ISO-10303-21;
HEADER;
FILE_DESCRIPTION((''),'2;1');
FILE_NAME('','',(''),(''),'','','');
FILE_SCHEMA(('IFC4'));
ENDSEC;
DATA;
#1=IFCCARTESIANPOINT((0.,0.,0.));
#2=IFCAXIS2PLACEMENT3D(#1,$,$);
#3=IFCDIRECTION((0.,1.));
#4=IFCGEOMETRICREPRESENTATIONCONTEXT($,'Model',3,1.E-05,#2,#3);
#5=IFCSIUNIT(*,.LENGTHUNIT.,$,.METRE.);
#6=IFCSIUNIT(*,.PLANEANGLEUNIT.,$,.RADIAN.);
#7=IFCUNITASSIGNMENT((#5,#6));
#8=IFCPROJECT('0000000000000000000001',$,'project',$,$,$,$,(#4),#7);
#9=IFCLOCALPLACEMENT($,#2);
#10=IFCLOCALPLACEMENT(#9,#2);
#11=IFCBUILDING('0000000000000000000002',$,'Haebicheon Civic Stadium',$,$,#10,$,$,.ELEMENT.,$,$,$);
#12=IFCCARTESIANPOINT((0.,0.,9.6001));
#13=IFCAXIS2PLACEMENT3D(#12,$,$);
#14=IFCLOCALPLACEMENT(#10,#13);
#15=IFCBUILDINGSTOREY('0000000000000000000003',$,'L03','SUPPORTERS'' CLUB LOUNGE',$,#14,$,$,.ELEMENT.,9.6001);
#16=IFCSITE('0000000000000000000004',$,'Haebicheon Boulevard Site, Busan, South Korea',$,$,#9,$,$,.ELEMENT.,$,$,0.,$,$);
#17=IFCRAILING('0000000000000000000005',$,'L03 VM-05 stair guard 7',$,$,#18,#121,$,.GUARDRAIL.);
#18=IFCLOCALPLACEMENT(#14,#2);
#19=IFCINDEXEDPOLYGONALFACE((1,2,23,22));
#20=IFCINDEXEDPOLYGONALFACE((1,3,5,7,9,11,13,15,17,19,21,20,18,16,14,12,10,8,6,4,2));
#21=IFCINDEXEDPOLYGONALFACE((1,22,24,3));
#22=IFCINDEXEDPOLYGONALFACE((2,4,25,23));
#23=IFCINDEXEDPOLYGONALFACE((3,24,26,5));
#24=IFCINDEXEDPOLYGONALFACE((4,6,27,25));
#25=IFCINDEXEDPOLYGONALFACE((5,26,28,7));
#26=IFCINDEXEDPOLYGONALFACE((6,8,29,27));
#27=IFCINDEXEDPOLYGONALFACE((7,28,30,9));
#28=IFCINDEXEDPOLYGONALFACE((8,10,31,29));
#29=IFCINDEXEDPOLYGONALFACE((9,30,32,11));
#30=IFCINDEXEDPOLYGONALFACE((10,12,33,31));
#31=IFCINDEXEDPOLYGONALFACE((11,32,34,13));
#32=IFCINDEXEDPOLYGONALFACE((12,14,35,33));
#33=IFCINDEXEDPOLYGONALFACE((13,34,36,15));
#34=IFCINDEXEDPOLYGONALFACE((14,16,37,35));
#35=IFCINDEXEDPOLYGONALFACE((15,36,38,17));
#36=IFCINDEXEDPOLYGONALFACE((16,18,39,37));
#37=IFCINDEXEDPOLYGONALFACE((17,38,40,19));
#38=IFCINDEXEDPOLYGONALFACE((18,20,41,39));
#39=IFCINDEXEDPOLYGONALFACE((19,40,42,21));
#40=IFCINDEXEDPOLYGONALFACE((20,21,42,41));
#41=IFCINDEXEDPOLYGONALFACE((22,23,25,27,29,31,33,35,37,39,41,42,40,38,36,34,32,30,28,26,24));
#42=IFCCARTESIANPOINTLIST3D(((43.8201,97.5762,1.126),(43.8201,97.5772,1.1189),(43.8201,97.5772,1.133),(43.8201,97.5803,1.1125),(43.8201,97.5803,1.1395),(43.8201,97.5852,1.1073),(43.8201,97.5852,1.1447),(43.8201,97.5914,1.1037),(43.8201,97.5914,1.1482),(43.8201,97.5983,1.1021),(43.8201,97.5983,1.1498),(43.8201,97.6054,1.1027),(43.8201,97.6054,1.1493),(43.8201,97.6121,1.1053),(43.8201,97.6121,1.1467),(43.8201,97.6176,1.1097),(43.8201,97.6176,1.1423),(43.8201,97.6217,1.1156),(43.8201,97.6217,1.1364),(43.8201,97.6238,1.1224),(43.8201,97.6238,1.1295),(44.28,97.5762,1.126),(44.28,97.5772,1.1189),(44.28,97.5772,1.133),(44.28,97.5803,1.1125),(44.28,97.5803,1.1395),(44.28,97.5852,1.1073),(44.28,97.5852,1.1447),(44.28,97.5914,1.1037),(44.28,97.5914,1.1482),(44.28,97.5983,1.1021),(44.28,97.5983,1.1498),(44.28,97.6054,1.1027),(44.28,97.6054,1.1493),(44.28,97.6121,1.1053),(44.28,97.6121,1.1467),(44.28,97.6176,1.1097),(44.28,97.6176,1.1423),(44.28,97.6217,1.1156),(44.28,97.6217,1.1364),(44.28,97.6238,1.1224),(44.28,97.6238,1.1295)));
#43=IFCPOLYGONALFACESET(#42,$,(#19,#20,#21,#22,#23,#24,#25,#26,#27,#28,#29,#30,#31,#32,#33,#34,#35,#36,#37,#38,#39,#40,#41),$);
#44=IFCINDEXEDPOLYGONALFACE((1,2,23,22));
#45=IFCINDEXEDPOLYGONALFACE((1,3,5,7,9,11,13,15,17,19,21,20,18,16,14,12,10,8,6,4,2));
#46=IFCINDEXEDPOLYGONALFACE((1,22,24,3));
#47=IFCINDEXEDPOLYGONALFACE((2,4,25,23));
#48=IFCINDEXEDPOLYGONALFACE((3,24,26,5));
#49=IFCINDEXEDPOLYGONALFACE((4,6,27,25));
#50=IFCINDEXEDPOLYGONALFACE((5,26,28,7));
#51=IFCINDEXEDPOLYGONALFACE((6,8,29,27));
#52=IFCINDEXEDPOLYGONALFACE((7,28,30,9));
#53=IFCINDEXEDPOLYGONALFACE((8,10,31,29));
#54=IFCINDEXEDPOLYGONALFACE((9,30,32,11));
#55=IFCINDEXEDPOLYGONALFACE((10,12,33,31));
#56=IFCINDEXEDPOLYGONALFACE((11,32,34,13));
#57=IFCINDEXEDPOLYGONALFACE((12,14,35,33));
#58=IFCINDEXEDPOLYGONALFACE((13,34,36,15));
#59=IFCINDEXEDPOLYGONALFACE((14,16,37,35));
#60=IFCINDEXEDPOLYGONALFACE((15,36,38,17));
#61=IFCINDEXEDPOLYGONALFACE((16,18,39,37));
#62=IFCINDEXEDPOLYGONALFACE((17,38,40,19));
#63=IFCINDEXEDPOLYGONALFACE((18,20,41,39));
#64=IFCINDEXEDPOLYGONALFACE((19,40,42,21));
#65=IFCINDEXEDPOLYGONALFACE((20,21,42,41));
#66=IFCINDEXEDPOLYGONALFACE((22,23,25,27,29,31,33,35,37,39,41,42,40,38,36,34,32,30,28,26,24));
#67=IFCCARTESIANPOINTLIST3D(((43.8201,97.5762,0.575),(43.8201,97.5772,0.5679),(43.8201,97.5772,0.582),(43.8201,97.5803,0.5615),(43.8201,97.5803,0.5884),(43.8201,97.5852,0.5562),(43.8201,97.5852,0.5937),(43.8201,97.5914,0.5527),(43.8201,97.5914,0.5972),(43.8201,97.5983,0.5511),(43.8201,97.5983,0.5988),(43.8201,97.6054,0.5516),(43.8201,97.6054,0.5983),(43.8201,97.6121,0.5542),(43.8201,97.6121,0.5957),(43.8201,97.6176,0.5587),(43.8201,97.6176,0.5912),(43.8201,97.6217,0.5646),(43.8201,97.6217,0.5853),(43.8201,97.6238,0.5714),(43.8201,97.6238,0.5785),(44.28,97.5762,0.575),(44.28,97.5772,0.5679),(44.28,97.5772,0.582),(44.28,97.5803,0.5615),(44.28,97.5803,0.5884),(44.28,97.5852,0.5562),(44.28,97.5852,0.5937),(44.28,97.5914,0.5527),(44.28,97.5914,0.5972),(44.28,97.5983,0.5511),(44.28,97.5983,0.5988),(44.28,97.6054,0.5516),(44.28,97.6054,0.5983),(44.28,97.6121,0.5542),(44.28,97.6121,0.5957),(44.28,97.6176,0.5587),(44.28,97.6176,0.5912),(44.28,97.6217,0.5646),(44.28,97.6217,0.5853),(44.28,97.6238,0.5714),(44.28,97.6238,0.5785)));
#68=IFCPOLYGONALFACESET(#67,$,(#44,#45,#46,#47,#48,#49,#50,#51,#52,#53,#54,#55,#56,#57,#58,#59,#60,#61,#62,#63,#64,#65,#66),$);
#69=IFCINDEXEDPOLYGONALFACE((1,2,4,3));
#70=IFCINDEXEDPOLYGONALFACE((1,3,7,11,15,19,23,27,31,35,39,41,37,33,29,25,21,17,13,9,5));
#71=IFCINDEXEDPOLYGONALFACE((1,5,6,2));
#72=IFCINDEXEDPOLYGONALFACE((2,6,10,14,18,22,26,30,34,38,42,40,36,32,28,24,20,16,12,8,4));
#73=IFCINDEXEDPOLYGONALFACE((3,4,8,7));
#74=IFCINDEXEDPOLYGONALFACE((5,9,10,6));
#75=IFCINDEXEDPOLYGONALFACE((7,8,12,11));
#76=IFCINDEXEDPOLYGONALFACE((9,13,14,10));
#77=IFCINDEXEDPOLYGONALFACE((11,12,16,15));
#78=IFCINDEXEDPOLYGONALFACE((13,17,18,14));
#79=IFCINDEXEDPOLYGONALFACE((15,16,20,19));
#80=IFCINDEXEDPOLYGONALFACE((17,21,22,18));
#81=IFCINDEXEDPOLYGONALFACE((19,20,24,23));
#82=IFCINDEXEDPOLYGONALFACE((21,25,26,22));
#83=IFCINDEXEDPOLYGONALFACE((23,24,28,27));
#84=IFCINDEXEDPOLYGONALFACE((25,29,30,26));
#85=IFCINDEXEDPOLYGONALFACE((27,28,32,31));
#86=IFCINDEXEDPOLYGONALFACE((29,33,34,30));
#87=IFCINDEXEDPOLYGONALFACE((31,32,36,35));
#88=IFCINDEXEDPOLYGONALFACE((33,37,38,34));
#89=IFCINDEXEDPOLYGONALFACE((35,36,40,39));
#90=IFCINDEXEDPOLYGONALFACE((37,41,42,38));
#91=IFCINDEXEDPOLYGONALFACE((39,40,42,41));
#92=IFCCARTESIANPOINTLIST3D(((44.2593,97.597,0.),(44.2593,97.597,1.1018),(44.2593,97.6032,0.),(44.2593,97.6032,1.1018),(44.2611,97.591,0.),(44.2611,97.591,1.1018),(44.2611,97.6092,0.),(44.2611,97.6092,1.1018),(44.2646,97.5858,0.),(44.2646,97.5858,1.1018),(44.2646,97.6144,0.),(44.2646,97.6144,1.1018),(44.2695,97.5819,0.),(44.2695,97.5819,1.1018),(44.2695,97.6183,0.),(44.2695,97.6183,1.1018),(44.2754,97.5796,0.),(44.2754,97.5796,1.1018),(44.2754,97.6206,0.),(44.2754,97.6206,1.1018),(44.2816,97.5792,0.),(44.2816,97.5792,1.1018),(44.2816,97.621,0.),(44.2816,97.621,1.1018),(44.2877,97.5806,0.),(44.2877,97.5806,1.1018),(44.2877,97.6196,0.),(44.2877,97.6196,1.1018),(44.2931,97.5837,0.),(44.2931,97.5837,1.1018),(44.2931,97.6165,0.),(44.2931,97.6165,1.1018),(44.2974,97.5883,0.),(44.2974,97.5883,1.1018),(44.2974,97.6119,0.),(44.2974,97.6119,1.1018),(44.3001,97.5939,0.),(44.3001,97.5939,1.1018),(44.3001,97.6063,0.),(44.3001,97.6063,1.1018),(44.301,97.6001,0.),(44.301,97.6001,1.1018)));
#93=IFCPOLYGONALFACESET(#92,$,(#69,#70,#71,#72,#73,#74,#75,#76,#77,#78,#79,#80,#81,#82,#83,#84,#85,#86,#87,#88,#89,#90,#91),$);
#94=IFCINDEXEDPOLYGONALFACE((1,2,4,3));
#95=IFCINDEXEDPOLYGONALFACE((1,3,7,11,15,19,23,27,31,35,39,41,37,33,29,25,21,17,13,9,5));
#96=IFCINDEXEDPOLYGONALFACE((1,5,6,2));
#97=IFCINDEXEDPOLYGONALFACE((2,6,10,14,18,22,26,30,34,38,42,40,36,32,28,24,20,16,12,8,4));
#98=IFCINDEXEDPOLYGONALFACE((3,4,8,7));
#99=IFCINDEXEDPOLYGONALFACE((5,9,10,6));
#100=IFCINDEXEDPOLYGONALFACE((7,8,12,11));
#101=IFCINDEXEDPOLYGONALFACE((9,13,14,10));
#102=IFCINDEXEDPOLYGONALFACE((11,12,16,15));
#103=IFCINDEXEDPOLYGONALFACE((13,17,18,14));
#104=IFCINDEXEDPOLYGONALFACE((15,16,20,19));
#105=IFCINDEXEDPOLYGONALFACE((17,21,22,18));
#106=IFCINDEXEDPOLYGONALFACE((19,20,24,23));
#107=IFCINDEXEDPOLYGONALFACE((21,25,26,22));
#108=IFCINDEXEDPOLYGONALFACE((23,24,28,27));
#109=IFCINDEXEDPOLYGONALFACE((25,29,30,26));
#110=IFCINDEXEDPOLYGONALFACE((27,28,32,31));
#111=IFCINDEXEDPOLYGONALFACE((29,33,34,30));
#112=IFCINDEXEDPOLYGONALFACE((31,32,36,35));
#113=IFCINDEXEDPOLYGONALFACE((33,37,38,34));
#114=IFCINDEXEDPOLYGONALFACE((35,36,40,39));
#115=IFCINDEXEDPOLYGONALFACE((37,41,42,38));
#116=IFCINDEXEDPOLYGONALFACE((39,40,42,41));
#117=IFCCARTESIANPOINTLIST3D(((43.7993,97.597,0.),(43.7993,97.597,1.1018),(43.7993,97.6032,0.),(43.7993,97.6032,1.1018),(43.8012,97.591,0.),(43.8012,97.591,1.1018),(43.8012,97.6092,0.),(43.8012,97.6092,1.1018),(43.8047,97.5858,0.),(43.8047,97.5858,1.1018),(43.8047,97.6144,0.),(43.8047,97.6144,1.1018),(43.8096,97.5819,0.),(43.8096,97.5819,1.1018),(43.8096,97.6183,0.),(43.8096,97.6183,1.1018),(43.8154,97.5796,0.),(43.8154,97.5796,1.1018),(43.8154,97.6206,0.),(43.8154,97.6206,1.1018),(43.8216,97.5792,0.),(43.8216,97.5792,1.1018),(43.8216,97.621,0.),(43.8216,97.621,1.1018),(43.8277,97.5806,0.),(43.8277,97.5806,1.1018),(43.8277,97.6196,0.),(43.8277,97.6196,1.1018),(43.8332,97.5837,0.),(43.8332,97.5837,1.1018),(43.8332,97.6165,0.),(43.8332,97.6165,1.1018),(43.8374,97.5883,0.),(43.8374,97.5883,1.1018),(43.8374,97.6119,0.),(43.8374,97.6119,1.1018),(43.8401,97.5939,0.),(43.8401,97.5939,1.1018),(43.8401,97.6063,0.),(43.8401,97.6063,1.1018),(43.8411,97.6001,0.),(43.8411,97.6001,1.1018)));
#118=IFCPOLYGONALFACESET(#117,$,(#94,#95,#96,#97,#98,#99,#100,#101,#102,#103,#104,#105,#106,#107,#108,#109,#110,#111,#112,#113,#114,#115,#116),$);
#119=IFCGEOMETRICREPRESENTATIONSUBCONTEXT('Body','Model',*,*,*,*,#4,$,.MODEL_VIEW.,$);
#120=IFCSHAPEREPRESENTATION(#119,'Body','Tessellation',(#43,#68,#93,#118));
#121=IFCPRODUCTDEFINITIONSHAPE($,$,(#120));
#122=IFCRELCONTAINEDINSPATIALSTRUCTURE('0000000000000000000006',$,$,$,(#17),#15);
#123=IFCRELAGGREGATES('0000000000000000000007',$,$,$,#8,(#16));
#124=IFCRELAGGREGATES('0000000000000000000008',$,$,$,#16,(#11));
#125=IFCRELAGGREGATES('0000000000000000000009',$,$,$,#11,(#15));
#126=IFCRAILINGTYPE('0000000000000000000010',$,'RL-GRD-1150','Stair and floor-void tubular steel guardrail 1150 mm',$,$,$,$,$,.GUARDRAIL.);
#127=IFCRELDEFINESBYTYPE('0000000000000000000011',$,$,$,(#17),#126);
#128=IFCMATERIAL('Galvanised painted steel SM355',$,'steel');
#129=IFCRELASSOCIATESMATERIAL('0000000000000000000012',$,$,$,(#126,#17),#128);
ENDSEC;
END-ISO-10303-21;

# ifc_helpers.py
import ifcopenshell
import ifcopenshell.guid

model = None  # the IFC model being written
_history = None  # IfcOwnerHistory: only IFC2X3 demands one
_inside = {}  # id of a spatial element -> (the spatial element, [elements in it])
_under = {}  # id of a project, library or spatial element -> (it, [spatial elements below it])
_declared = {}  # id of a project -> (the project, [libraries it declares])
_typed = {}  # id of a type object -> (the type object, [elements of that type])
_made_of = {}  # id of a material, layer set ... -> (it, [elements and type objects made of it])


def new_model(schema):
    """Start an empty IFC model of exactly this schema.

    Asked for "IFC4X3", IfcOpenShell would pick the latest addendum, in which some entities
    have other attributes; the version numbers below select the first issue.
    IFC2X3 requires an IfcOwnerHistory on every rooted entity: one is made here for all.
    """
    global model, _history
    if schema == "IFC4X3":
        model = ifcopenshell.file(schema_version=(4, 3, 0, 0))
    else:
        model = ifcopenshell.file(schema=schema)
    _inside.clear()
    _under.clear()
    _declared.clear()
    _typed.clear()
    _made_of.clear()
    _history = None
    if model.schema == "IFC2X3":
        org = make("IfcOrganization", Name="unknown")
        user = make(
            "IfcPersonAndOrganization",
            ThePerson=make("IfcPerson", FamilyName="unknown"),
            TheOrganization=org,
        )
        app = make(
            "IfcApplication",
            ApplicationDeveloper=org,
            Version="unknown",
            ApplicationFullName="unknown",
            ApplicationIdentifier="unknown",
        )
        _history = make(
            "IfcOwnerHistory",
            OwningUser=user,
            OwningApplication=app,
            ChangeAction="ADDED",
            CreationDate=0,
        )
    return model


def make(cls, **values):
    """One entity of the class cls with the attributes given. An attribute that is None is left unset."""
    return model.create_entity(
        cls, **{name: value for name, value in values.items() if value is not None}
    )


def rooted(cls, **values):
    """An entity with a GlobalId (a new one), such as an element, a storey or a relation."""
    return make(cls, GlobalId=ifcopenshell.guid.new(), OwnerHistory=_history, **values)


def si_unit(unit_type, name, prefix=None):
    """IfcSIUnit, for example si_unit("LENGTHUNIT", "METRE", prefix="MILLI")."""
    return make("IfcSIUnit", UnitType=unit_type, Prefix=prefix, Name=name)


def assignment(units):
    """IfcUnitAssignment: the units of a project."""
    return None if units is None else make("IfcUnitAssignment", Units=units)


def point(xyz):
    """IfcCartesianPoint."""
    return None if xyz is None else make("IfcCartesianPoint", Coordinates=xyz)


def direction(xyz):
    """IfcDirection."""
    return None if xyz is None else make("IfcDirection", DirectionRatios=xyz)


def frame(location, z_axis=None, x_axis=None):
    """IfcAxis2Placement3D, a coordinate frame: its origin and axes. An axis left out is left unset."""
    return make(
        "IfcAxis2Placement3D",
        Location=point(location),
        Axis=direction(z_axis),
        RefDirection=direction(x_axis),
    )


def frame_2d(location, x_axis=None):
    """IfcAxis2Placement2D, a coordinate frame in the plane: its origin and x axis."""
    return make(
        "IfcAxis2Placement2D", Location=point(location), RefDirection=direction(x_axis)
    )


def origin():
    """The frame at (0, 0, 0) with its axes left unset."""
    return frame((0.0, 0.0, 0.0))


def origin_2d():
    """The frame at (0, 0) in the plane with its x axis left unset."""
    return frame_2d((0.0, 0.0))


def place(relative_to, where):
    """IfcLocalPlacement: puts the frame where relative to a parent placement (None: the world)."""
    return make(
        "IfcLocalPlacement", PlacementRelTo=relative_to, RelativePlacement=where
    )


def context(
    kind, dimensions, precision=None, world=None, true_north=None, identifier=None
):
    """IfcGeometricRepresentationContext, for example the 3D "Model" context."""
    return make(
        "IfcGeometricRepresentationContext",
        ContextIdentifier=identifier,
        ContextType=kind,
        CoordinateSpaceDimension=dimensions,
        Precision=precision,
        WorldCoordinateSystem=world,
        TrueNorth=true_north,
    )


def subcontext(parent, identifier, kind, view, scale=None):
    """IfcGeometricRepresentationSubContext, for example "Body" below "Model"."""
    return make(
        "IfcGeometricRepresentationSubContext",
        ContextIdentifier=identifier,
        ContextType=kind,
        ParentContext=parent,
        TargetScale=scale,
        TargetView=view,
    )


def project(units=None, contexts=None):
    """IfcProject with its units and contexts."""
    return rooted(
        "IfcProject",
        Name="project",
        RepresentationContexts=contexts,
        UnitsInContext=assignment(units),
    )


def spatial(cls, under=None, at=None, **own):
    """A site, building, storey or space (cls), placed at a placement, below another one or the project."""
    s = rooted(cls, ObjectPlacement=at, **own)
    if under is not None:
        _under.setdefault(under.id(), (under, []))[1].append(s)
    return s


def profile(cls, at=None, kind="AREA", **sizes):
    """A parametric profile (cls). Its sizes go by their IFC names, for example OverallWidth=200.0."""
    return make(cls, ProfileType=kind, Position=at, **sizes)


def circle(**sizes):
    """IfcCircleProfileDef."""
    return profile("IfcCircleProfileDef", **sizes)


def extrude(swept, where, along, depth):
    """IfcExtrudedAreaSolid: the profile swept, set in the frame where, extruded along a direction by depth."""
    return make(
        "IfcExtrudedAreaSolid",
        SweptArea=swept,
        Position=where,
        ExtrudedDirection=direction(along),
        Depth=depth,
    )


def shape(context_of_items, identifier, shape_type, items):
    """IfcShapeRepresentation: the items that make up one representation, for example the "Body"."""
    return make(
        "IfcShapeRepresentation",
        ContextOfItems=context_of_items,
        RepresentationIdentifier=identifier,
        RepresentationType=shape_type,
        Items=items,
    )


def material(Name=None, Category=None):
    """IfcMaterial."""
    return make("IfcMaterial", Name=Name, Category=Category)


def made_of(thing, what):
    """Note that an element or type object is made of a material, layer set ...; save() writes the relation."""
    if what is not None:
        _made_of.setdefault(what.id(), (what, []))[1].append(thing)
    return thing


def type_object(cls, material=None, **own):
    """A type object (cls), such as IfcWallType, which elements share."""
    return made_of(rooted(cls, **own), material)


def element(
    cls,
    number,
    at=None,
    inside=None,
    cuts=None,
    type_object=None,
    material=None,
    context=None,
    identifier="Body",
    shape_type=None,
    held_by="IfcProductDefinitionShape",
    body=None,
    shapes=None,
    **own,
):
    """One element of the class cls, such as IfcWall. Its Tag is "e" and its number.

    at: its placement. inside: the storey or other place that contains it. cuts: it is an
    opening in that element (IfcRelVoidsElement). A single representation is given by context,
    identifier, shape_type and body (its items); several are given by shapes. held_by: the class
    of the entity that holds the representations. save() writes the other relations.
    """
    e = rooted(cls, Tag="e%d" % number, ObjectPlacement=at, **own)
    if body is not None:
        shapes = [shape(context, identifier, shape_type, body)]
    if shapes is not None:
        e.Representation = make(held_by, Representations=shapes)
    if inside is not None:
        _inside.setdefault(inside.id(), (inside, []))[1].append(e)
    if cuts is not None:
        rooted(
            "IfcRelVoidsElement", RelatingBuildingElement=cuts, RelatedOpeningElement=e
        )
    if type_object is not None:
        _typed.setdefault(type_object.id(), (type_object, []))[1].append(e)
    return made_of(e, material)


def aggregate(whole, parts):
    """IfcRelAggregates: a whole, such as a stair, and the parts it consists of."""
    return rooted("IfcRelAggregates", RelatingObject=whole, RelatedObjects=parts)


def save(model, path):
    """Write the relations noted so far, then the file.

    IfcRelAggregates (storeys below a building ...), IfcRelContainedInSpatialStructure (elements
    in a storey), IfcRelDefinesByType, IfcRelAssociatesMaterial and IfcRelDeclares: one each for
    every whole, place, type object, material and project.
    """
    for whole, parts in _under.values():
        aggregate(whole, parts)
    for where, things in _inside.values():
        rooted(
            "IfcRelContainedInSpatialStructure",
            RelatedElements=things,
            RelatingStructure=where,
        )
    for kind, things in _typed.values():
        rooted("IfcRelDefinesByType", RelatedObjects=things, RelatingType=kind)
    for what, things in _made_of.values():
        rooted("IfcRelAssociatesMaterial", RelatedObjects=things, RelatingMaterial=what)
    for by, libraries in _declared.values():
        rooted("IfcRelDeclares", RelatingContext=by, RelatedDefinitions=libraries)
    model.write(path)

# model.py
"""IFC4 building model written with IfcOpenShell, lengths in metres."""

from ifc_helpers import new_model, si_unit, direction, frame, origin, origin_2d, place, context, subcontext, project, spatial, circle, extrude, material, type_object, element, save


model = new_model("IFC4")

# Units and contexts
model_context = context("Model", 3, precision=1e-05, world=origin(), true_north=direction((0.0, 1.0)))
body_context = subcontext(model_context, "Body", "Model", "MODEL_VIEW")
ifc_project = project(units=[si_unit("LENGTHUNIT", "METRE"), si_unit("PLANEANGLEUNIT", "RADIAN")], contexts=[model_context])

# Site, building, storey
site_placement = place(None, origin())
site = spatial("IfcSite", under=ifc_project, at=site_placement, Name="Haebicheon Boulevard Site, Busan, South Korea", CompositionType="ELEMENT", RefElevation=0.0)
building_placement = place(site_placement, origin())
building = spatial("IfcBuilding", under=site, at=building_placement, Name="Haebicheon Civic Stadium", CompositionType="ELEMENT")
storey_placement = place(building_placement, frame((0.0, 0.0, 9.6001)))
storey = spatial("IfcBuildingStorey", under=building, at=storey_placement, Name="L03", Description="SUPPORTERS' CLUB LOUNGE", CompositionType="ELEMENT", Elevation=9.6001)

# Railing
ifc_material_1 = material(Name="Galvanised painted steel SM355", Category="steel")
railing_type_1 = type_object("IfcRailingType", Name="RL-GRD-1150", Description="Stair and floor-void tubular steel guardrail 1150 mm", PredefinedType="GUARDRAIL", material=ifc_material_1)
railing_1_placement = place(storey_placement, frame((44.28, 97.6001, 0.0)))
element("IfcRailing", 1, at=railing_1_placement, inside=storey, type_object=railing_type_1, material=ifc_material_1, Name="L03 VM-05 stair guard 7", PredefinedType="GUARDRAIL", context=body_context, shape_type="SweptSolid", body=[
    extrude(circle(Radius=0.0239, at=origin_2d()), frame((0.0, 0.0, 1.126), z_axis=(-1.0, 0.0, 0.0), x_axis=(0.0, -1.0, 0.0)), (0.0, 0.0, 1.0), 0.46),
    extrude(circle(Radius=0.0239, at=origin_2d()), frame((0.0, 0.0, 0.575), z_axis=(-1.0, 0.0, 0.0), x_axis=(0.0, -1.0, 0.0)), (0.0, 0.0, 1.0), 0.46),
    extrude(circle(Radius=0.021, at=origin_2d()), origin(), (0.0, 0.0, 1.0), 1.1018),
    extrude(circle(Radius=0.021, at=origin_2d()), frame((-0.46, 0.0, 0.0)), (0.0, 0.0, 1.0), 1.1018),
])

save(model, "model.ifc")
